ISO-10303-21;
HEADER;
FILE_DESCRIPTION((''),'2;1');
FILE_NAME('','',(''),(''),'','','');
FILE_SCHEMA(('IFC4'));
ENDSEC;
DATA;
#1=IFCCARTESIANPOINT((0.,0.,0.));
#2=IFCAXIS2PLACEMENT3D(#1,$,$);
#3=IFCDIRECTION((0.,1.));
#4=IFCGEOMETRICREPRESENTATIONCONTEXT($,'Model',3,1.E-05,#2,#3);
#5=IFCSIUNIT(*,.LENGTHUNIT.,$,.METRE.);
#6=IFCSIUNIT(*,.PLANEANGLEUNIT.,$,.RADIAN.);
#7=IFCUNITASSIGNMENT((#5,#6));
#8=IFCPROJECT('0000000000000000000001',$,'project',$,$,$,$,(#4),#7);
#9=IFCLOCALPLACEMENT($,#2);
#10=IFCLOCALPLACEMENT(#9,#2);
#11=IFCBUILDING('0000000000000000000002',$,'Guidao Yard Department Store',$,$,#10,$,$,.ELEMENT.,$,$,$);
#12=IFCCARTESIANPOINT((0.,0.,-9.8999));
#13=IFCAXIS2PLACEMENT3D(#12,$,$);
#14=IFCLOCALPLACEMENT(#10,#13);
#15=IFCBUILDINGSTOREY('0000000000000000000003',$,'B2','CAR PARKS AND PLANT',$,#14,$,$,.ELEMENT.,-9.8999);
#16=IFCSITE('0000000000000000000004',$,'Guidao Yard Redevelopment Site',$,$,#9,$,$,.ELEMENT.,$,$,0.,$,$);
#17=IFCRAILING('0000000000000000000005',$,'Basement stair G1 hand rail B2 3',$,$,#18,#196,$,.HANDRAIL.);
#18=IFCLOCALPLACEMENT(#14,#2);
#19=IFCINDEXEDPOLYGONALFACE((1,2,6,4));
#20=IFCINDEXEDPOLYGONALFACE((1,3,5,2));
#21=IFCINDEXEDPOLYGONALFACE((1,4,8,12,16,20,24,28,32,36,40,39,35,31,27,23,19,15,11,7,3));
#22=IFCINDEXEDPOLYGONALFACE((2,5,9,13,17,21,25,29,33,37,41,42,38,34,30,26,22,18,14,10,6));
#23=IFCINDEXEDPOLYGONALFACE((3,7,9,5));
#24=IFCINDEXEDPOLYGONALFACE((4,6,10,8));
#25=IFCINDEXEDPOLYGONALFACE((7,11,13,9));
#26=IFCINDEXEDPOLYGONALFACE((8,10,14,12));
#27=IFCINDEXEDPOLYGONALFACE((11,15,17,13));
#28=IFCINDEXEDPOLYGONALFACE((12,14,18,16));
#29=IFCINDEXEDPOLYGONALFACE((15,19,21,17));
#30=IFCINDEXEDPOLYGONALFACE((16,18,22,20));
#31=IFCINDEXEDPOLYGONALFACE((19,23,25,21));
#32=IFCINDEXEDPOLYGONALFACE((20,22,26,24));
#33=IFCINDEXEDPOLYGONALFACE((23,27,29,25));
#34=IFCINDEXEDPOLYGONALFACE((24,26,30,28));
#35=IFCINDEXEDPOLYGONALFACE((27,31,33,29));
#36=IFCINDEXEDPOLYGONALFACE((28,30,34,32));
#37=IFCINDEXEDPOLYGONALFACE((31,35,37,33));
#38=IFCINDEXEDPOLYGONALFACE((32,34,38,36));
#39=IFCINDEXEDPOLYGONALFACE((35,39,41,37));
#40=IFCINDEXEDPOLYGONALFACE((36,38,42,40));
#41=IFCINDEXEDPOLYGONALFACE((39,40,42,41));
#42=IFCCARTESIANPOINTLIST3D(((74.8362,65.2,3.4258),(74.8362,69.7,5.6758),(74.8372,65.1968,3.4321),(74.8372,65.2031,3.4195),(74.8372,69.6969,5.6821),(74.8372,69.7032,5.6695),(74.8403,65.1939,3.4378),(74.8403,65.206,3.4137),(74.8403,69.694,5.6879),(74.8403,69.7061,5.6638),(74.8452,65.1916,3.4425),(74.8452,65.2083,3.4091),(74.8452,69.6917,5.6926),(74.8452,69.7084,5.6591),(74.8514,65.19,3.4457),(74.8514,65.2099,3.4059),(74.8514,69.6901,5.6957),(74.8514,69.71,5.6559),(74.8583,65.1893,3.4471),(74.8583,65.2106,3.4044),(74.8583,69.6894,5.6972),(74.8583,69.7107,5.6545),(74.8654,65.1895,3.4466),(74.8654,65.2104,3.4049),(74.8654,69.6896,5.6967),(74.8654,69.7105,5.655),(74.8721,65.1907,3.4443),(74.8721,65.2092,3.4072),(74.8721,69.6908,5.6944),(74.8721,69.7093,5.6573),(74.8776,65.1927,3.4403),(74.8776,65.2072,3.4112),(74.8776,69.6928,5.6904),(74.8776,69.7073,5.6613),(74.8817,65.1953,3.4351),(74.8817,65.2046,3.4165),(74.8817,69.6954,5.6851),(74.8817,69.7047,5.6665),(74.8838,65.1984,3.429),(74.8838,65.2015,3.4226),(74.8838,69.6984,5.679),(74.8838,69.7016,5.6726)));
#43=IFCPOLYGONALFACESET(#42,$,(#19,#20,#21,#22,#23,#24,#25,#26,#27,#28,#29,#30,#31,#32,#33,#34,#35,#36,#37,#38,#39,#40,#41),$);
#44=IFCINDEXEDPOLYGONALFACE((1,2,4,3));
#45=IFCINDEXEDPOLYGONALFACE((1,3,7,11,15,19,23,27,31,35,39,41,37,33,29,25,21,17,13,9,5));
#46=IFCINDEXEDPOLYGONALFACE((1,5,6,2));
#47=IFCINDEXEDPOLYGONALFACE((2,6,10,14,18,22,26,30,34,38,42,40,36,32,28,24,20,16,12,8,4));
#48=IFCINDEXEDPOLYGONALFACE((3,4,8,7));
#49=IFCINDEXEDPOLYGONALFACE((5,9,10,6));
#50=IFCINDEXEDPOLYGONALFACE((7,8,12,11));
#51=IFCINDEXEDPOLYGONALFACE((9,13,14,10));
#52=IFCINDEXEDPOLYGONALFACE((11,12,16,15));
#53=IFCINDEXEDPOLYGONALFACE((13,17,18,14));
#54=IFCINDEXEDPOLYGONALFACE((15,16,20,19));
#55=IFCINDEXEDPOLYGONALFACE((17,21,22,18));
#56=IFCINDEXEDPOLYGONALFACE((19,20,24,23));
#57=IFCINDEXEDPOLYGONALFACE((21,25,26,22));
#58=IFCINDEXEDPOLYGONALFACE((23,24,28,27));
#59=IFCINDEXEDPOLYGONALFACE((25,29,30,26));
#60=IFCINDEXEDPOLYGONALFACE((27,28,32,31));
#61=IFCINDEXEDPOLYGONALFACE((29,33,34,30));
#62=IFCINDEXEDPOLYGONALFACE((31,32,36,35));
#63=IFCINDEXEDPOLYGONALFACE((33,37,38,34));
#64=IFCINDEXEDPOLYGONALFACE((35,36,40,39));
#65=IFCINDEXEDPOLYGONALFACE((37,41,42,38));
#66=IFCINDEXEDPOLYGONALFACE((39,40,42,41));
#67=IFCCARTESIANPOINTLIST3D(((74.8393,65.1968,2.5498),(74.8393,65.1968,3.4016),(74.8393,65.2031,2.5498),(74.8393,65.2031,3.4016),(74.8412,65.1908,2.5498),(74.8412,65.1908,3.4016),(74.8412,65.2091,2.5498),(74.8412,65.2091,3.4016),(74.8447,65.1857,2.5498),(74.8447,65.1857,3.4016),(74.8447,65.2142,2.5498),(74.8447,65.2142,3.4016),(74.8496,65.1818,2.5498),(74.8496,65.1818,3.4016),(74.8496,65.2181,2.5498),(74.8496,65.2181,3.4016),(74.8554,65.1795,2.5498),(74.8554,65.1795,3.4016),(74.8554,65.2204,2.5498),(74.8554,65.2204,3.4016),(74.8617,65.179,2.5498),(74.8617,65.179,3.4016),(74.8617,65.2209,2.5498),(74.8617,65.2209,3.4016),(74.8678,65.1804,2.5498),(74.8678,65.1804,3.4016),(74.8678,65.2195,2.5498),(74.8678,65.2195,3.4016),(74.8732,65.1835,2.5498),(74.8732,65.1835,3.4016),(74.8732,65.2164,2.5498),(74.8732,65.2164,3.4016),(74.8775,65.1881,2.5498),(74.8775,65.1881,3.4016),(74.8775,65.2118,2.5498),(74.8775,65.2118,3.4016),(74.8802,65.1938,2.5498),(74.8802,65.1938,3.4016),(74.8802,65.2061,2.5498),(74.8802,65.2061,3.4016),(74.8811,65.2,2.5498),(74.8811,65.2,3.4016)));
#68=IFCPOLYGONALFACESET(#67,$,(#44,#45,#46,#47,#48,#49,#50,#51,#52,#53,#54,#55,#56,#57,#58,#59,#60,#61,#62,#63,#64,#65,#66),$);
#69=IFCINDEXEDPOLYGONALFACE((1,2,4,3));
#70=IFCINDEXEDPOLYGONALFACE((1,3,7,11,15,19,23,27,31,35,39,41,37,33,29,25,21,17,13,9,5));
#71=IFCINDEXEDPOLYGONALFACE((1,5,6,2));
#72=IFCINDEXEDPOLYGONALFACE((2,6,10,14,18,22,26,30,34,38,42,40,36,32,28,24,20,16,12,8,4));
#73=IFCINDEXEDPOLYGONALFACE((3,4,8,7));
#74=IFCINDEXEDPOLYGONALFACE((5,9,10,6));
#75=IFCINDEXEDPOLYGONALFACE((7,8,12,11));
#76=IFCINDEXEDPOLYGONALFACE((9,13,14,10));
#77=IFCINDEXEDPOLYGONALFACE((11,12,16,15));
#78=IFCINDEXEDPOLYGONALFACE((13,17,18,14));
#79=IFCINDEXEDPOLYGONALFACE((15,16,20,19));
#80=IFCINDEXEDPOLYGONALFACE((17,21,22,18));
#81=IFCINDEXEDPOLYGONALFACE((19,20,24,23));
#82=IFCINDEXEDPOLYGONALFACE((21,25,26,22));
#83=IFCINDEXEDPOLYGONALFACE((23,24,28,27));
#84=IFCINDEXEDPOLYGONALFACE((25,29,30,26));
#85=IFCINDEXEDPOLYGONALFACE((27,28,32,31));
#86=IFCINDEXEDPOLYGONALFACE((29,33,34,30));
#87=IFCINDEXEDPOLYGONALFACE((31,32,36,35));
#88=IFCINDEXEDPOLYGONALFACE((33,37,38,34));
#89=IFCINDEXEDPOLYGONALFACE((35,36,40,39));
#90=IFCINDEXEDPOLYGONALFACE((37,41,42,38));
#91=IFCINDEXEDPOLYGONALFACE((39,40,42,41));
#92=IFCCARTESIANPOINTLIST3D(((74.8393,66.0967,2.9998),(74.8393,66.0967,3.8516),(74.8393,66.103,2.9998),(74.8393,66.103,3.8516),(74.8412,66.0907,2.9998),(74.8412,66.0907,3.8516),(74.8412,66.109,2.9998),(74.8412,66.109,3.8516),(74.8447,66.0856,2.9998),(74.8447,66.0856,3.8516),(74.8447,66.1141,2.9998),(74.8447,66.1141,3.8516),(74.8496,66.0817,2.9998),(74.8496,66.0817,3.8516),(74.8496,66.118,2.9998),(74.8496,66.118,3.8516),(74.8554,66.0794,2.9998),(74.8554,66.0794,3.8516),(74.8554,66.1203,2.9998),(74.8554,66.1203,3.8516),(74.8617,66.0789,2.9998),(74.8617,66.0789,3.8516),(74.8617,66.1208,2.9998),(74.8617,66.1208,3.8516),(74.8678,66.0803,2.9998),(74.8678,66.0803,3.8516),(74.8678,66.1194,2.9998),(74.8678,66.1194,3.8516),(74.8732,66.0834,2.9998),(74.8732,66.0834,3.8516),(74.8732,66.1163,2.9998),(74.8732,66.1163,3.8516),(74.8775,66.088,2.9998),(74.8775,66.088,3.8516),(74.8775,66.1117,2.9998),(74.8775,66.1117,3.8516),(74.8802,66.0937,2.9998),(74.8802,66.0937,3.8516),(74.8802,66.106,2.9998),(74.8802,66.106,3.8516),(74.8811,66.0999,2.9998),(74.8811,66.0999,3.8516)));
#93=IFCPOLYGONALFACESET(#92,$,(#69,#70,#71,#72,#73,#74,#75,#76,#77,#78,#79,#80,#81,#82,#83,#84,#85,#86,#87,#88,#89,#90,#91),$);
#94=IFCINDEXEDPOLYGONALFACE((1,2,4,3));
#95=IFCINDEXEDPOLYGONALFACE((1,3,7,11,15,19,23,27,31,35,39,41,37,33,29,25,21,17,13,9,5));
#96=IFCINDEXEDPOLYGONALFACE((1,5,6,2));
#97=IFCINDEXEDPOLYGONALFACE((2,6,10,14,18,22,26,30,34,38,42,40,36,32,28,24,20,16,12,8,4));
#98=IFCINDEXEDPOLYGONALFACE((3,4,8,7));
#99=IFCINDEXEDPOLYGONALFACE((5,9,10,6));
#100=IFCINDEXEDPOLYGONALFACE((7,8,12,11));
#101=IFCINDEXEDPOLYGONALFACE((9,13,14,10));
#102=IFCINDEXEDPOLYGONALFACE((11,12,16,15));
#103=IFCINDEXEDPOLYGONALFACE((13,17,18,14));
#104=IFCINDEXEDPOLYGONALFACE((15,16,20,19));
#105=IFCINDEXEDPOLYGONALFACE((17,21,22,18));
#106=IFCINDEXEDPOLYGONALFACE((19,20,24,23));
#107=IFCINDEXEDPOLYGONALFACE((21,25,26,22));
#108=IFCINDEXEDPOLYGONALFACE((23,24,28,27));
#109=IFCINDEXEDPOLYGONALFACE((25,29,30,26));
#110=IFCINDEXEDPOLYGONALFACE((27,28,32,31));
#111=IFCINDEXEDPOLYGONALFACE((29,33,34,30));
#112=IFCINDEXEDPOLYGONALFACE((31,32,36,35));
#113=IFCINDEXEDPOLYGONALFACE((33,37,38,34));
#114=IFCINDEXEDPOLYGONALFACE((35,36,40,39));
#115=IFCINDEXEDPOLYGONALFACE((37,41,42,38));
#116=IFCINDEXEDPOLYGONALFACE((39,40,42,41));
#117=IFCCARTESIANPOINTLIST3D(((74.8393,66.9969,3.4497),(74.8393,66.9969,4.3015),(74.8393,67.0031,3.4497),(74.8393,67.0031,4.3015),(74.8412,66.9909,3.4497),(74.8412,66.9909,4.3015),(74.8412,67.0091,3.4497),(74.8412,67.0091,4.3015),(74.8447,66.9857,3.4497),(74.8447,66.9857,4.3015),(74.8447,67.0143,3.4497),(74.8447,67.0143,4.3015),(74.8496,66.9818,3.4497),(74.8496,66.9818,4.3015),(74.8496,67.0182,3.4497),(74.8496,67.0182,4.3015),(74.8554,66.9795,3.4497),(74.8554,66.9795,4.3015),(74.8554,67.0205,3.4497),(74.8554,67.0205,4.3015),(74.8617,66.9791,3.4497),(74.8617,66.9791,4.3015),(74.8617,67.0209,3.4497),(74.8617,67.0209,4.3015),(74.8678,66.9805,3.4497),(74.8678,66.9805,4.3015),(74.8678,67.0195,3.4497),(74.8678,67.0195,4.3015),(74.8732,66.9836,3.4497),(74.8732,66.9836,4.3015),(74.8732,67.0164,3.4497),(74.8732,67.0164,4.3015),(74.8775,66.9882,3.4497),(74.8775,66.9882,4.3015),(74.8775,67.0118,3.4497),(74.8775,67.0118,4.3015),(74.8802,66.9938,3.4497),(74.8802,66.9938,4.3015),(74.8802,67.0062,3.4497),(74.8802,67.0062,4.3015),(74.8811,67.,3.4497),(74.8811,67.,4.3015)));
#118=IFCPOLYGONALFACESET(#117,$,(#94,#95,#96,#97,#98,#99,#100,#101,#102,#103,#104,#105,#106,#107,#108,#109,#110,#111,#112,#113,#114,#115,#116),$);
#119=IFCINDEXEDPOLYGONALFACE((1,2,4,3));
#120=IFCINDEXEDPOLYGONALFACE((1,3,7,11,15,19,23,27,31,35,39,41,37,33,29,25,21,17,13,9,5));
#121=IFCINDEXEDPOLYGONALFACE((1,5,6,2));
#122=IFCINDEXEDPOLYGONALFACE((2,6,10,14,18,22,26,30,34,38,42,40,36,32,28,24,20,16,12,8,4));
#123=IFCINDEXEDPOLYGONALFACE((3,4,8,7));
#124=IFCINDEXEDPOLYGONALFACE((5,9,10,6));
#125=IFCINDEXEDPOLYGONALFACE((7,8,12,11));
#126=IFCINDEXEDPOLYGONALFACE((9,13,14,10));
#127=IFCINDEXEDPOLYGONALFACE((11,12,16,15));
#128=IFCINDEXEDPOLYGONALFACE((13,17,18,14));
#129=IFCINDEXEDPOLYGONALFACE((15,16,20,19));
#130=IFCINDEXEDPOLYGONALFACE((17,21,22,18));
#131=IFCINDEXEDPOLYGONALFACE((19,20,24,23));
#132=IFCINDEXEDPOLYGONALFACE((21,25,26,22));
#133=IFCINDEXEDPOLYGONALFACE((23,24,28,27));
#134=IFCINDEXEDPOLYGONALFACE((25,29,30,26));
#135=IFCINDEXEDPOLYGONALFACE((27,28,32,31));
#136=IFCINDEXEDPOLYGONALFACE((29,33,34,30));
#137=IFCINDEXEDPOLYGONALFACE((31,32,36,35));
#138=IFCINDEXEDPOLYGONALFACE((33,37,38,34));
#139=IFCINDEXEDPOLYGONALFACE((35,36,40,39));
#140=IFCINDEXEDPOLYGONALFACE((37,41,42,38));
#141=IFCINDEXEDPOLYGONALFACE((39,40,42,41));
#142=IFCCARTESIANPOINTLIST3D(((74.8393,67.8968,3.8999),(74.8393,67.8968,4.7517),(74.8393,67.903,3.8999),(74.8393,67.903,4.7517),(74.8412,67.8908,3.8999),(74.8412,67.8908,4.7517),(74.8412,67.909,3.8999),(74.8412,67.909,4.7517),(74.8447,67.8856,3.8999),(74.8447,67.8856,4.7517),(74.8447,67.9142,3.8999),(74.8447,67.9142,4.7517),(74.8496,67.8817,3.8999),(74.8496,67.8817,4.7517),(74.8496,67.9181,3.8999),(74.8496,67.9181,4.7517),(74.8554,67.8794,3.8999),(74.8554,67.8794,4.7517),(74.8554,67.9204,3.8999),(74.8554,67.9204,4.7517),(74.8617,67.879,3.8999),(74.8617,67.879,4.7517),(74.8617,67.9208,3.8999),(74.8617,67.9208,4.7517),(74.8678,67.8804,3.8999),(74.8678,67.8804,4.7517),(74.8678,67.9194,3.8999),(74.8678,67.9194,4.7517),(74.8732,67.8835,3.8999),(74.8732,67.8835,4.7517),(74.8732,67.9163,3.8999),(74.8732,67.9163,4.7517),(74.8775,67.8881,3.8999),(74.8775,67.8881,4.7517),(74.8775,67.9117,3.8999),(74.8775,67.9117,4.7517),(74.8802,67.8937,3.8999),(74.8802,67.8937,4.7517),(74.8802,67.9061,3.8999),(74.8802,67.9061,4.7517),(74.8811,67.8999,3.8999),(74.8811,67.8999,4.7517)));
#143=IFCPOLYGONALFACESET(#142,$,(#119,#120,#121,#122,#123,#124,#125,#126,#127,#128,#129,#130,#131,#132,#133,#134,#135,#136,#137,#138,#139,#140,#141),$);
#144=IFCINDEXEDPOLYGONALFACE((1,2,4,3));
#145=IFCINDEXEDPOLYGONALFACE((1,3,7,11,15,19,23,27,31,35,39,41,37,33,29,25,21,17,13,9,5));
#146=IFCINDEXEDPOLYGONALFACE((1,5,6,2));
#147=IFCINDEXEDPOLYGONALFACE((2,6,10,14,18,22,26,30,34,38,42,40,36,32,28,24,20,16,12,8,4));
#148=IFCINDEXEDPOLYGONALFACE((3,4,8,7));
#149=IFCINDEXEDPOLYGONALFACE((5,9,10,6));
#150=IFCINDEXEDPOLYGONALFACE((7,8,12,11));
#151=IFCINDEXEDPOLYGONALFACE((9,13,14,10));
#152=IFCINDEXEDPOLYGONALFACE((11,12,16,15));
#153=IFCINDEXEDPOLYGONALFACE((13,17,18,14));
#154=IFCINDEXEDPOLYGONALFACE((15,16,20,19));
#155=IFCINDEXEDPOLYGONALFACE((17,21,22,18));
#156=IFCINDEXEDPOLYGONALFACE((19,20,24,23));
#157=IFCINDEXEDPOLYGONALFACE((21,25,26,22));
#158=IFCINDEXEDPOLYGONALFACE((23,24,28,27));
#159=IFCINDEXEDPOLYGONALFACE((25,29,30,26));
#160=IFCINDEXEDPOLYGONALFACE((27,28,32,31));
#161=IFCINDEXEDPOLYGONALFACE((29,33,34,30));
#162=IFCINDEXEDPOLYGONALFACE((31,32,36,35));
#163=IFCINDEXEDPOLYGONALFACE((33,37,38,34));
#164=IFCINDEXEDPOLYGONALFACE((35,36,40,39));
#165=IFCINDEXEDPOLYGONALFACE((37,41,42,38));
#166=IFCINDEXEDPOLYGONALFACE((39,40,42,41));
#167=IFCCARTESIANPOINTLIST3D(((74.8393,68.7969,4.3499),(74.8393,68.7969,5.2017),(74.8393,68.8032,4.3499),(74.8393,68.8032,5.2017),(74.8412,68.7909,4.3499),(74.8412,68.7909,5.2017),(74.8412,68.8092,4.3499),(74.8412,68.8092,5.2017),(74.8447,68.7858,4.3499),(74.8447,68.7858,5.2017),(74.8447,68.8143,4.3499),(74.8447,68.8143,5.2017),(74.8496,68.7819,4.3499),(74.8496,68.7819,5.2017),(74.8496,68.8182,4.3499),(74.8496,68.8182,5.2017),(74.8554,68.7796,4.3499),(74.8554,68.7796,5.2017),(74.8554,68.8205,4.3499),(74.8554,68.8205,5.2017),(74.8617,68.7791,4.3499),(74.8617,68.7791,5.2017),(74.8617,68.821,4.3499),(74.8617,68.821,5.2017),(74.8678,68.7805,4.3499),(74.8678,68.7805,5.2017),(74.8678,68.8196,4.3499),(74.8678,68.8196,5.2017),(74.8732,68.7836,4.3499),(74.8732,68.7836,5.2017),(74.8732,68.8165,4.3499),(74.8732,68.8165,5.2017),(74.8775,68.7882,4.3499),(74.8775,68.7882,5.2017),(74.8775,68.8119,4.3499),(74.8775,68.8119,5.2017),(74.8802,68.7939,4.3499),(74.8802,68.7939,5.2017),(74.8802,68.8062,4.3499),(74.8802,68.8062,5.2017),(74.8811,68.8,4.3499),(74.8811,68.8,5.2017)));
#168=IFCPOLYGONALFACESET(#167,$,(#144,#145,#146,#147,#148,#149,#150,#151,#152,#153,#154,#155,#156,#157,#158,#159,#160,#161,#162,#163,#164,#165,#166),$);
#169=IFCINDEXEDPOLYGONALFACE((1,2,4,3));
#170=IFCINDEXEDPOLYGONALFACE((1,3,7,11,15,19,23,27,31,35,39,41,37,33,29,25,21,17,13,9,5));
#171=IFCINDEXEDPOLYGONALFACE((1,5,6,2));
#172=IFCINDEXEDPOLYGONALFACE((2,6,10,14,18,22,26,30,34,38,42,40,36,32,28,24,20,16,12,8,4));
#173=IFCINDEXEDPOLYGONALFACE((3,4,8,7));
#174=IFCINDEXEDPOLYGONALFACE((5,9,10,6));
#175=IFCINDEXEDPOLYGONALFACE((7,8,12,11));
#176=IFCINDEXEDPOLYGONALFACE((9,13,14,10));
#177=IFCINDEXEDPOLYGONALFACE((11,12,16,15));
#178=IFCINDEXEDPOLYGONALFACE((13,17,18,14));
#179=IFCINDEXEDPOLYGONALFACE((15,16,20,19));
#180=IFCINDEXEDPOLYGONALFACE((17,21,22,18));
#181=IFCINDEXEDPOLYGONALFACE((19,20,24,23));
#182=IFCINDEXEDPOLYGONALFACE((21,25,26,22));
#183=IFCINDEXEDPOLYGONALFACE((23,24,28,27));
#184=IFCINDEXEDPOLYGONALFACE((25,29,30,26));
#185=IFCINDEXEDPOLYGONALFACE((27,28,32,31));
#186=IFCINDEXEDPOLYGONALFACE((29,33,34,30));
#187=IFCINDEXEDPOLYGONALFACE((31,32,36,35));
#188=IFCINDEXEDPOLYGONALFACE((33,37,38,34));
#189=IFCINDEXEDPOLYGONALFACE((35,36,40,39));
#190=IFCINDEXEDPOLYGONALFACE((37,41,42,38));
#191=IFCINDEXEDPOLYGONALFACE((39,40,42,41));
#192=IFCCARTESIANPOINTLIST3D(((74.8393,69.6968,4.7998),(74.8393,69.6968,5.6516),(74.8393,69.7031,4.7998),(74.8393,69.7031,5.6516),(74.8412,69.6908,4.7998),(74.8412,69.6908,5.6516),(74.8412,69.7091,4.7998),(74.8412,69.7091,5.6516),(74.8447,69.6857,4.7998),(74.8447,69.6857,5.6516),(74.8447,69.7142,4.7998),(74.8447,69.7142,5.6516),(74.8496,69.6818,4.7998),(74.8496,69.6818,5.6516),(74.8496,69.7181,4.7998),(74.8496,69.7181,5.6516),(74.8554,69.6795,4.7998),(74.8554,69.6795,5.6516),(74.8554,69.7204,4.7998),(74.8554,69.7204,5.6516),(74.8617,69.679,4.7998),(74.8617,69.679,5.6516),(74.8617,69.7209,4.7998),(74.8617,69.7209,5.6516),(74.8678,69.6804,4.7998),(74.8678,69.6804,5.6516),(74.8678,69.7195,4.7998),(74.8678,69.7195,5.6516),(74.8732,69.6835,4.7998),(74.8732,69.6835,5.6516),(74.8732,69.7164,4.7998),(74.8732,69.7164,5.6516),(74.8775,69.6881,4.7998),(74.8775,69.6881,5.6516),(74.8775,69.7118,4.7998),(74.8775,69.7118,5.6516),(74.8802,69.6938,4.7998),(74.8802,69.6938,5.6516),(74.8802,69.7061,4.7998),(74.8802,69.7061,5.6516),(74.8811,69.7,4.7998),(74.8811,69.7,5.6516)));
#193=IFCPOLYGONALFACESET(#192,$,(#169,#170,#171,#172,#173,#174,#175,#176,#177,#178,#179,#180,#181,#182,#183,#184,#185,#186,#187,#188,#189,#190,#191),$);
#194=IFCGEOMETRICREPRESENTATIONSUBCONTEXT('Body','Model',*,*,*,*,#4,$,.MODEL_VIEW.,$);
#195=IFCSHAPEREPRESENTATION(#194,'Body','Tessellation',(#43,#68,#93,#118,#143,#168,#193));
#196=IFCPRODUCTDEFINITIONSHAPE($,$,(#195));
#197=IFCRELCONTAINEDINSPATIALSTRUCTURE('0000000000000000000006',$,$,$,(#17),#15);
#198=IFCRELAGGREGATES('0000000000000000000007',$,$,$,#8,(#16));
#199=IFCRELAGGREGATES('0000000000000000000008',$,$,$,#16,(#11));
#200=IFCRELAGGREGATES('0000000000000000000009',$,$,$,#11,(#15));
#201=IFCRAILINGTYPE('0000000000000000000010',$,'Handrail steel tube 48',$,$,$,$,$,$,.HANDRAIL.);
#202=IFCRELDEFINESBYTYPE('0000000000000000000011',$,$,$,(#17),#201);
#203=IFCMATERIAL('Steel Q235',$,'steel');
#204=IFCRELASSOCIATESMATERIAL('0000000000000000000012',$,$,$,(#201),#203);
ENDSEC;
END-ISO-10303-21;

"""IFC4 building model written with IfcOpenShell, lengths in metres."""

from ifc_helpers import new_model, si_unit, direction, frame, origin, origin_2d, place, context, subcontext, project, spatial, circle, extrude, material, type_object, element, save


model = new_model("IFC4")

# Units and contexts
model_context = context("Model", 3, precision=1e-05, world=origin(), true_north=direction((0.0, 1.0)))
body_context = subcontext(model_context, "Body", "Model", "MODEL_VIEW")
ifc_project = project(units=[si_unit("LENGTHUNIT", "METRE"), si_unit("PLANEANGLEUNIT", "RADIAN")], contexts=[model_context])

# Site, building, storey
site_placement = place(None, origin())
site = spatial("IfcSite", under=ifc_project, at=site_placement, Name="Guidao Yard Redevelopment Site", CompositionType="ELEMENT", RefElevation=0.0)
building_placement = place(site_placement, origin())
building = spatial("IfcBuilding", under=site, at=building_placement, Name="Guidao Yard Department Store", CompositionType="ELEMENT")
storey_placement = place(building_placement, frame((0.0, 0.0, -9.8999)))
storey = spatial("IfcBuildingStorey", under=building, at=storey_placement, Name="B2", Description="CAR PARKS AND PLANT", CompositionType="ELEMENT", Elevation=-9.8999)

# Railing
ifc_material_1 = material(Name="Steel Q235", Category="steel")
railing_type_1 = type_object("IfcRailingType", Name="Handrail steel tube 48", PredefinedType="HANDRAIL", material=ifc_material_1)
for number, where, name in (
    (1, (74.8601, 65.2, 2.5498), "Basement stair G1 hand rail B2 3"),
):
    element("IfcRailing", number, at=place(storey_placement, frame(where)), inside=storey, type_object=railing_type_1, Name=name, PredefinedType="HANDRAIL", context=body_context, shape_type="SweptSolid", body=[
        extrude(circle(Radius=0.0239, at=origin_2d()), frame((0.0, 0.0, 0.876), z_axis=(0.0, 0.894427, 0.447214), x_axis=(-1.0, 0.0, 0.0)), (0.0, 0.0, 1.0), 5.0312),
        extrude(circle(Radius=0.021, at=origin_2d()), origin(), (0.0, 0.0, 1.0), 0.8518),
        extrude(circle(Radius=0.021, at=origin_2d()), frame((0.0, 0.8999, 0.45)), (0.0, 0.0, 1.0), 0.8518),
        extrude(circle(Radius=0.021, at=origin_2d()), frame((0.0, 1.8, 0.8999)), (0.0, 0.0, 1.0), 0.8518),
        extrude(circle(Radius=0.021, at=origin_2d()), frame((0.0, 2.7, 1.3501)), (0.0, 0.0, 1.0), 0.8518),
        extrude(circle(Radius=0.021, at=origin_2d()), frame((0.0, 3.6001, 1.8)), (0.0, 0.0, 1.0), 0.8518),
        extrude(circle(Radius=0.021, at=origin_2d()), frame((0.0, 4.5, 2.25)), (0.0, 0.0, 1.0), 0.8518),
    ])

save(model, "model.ifc")
